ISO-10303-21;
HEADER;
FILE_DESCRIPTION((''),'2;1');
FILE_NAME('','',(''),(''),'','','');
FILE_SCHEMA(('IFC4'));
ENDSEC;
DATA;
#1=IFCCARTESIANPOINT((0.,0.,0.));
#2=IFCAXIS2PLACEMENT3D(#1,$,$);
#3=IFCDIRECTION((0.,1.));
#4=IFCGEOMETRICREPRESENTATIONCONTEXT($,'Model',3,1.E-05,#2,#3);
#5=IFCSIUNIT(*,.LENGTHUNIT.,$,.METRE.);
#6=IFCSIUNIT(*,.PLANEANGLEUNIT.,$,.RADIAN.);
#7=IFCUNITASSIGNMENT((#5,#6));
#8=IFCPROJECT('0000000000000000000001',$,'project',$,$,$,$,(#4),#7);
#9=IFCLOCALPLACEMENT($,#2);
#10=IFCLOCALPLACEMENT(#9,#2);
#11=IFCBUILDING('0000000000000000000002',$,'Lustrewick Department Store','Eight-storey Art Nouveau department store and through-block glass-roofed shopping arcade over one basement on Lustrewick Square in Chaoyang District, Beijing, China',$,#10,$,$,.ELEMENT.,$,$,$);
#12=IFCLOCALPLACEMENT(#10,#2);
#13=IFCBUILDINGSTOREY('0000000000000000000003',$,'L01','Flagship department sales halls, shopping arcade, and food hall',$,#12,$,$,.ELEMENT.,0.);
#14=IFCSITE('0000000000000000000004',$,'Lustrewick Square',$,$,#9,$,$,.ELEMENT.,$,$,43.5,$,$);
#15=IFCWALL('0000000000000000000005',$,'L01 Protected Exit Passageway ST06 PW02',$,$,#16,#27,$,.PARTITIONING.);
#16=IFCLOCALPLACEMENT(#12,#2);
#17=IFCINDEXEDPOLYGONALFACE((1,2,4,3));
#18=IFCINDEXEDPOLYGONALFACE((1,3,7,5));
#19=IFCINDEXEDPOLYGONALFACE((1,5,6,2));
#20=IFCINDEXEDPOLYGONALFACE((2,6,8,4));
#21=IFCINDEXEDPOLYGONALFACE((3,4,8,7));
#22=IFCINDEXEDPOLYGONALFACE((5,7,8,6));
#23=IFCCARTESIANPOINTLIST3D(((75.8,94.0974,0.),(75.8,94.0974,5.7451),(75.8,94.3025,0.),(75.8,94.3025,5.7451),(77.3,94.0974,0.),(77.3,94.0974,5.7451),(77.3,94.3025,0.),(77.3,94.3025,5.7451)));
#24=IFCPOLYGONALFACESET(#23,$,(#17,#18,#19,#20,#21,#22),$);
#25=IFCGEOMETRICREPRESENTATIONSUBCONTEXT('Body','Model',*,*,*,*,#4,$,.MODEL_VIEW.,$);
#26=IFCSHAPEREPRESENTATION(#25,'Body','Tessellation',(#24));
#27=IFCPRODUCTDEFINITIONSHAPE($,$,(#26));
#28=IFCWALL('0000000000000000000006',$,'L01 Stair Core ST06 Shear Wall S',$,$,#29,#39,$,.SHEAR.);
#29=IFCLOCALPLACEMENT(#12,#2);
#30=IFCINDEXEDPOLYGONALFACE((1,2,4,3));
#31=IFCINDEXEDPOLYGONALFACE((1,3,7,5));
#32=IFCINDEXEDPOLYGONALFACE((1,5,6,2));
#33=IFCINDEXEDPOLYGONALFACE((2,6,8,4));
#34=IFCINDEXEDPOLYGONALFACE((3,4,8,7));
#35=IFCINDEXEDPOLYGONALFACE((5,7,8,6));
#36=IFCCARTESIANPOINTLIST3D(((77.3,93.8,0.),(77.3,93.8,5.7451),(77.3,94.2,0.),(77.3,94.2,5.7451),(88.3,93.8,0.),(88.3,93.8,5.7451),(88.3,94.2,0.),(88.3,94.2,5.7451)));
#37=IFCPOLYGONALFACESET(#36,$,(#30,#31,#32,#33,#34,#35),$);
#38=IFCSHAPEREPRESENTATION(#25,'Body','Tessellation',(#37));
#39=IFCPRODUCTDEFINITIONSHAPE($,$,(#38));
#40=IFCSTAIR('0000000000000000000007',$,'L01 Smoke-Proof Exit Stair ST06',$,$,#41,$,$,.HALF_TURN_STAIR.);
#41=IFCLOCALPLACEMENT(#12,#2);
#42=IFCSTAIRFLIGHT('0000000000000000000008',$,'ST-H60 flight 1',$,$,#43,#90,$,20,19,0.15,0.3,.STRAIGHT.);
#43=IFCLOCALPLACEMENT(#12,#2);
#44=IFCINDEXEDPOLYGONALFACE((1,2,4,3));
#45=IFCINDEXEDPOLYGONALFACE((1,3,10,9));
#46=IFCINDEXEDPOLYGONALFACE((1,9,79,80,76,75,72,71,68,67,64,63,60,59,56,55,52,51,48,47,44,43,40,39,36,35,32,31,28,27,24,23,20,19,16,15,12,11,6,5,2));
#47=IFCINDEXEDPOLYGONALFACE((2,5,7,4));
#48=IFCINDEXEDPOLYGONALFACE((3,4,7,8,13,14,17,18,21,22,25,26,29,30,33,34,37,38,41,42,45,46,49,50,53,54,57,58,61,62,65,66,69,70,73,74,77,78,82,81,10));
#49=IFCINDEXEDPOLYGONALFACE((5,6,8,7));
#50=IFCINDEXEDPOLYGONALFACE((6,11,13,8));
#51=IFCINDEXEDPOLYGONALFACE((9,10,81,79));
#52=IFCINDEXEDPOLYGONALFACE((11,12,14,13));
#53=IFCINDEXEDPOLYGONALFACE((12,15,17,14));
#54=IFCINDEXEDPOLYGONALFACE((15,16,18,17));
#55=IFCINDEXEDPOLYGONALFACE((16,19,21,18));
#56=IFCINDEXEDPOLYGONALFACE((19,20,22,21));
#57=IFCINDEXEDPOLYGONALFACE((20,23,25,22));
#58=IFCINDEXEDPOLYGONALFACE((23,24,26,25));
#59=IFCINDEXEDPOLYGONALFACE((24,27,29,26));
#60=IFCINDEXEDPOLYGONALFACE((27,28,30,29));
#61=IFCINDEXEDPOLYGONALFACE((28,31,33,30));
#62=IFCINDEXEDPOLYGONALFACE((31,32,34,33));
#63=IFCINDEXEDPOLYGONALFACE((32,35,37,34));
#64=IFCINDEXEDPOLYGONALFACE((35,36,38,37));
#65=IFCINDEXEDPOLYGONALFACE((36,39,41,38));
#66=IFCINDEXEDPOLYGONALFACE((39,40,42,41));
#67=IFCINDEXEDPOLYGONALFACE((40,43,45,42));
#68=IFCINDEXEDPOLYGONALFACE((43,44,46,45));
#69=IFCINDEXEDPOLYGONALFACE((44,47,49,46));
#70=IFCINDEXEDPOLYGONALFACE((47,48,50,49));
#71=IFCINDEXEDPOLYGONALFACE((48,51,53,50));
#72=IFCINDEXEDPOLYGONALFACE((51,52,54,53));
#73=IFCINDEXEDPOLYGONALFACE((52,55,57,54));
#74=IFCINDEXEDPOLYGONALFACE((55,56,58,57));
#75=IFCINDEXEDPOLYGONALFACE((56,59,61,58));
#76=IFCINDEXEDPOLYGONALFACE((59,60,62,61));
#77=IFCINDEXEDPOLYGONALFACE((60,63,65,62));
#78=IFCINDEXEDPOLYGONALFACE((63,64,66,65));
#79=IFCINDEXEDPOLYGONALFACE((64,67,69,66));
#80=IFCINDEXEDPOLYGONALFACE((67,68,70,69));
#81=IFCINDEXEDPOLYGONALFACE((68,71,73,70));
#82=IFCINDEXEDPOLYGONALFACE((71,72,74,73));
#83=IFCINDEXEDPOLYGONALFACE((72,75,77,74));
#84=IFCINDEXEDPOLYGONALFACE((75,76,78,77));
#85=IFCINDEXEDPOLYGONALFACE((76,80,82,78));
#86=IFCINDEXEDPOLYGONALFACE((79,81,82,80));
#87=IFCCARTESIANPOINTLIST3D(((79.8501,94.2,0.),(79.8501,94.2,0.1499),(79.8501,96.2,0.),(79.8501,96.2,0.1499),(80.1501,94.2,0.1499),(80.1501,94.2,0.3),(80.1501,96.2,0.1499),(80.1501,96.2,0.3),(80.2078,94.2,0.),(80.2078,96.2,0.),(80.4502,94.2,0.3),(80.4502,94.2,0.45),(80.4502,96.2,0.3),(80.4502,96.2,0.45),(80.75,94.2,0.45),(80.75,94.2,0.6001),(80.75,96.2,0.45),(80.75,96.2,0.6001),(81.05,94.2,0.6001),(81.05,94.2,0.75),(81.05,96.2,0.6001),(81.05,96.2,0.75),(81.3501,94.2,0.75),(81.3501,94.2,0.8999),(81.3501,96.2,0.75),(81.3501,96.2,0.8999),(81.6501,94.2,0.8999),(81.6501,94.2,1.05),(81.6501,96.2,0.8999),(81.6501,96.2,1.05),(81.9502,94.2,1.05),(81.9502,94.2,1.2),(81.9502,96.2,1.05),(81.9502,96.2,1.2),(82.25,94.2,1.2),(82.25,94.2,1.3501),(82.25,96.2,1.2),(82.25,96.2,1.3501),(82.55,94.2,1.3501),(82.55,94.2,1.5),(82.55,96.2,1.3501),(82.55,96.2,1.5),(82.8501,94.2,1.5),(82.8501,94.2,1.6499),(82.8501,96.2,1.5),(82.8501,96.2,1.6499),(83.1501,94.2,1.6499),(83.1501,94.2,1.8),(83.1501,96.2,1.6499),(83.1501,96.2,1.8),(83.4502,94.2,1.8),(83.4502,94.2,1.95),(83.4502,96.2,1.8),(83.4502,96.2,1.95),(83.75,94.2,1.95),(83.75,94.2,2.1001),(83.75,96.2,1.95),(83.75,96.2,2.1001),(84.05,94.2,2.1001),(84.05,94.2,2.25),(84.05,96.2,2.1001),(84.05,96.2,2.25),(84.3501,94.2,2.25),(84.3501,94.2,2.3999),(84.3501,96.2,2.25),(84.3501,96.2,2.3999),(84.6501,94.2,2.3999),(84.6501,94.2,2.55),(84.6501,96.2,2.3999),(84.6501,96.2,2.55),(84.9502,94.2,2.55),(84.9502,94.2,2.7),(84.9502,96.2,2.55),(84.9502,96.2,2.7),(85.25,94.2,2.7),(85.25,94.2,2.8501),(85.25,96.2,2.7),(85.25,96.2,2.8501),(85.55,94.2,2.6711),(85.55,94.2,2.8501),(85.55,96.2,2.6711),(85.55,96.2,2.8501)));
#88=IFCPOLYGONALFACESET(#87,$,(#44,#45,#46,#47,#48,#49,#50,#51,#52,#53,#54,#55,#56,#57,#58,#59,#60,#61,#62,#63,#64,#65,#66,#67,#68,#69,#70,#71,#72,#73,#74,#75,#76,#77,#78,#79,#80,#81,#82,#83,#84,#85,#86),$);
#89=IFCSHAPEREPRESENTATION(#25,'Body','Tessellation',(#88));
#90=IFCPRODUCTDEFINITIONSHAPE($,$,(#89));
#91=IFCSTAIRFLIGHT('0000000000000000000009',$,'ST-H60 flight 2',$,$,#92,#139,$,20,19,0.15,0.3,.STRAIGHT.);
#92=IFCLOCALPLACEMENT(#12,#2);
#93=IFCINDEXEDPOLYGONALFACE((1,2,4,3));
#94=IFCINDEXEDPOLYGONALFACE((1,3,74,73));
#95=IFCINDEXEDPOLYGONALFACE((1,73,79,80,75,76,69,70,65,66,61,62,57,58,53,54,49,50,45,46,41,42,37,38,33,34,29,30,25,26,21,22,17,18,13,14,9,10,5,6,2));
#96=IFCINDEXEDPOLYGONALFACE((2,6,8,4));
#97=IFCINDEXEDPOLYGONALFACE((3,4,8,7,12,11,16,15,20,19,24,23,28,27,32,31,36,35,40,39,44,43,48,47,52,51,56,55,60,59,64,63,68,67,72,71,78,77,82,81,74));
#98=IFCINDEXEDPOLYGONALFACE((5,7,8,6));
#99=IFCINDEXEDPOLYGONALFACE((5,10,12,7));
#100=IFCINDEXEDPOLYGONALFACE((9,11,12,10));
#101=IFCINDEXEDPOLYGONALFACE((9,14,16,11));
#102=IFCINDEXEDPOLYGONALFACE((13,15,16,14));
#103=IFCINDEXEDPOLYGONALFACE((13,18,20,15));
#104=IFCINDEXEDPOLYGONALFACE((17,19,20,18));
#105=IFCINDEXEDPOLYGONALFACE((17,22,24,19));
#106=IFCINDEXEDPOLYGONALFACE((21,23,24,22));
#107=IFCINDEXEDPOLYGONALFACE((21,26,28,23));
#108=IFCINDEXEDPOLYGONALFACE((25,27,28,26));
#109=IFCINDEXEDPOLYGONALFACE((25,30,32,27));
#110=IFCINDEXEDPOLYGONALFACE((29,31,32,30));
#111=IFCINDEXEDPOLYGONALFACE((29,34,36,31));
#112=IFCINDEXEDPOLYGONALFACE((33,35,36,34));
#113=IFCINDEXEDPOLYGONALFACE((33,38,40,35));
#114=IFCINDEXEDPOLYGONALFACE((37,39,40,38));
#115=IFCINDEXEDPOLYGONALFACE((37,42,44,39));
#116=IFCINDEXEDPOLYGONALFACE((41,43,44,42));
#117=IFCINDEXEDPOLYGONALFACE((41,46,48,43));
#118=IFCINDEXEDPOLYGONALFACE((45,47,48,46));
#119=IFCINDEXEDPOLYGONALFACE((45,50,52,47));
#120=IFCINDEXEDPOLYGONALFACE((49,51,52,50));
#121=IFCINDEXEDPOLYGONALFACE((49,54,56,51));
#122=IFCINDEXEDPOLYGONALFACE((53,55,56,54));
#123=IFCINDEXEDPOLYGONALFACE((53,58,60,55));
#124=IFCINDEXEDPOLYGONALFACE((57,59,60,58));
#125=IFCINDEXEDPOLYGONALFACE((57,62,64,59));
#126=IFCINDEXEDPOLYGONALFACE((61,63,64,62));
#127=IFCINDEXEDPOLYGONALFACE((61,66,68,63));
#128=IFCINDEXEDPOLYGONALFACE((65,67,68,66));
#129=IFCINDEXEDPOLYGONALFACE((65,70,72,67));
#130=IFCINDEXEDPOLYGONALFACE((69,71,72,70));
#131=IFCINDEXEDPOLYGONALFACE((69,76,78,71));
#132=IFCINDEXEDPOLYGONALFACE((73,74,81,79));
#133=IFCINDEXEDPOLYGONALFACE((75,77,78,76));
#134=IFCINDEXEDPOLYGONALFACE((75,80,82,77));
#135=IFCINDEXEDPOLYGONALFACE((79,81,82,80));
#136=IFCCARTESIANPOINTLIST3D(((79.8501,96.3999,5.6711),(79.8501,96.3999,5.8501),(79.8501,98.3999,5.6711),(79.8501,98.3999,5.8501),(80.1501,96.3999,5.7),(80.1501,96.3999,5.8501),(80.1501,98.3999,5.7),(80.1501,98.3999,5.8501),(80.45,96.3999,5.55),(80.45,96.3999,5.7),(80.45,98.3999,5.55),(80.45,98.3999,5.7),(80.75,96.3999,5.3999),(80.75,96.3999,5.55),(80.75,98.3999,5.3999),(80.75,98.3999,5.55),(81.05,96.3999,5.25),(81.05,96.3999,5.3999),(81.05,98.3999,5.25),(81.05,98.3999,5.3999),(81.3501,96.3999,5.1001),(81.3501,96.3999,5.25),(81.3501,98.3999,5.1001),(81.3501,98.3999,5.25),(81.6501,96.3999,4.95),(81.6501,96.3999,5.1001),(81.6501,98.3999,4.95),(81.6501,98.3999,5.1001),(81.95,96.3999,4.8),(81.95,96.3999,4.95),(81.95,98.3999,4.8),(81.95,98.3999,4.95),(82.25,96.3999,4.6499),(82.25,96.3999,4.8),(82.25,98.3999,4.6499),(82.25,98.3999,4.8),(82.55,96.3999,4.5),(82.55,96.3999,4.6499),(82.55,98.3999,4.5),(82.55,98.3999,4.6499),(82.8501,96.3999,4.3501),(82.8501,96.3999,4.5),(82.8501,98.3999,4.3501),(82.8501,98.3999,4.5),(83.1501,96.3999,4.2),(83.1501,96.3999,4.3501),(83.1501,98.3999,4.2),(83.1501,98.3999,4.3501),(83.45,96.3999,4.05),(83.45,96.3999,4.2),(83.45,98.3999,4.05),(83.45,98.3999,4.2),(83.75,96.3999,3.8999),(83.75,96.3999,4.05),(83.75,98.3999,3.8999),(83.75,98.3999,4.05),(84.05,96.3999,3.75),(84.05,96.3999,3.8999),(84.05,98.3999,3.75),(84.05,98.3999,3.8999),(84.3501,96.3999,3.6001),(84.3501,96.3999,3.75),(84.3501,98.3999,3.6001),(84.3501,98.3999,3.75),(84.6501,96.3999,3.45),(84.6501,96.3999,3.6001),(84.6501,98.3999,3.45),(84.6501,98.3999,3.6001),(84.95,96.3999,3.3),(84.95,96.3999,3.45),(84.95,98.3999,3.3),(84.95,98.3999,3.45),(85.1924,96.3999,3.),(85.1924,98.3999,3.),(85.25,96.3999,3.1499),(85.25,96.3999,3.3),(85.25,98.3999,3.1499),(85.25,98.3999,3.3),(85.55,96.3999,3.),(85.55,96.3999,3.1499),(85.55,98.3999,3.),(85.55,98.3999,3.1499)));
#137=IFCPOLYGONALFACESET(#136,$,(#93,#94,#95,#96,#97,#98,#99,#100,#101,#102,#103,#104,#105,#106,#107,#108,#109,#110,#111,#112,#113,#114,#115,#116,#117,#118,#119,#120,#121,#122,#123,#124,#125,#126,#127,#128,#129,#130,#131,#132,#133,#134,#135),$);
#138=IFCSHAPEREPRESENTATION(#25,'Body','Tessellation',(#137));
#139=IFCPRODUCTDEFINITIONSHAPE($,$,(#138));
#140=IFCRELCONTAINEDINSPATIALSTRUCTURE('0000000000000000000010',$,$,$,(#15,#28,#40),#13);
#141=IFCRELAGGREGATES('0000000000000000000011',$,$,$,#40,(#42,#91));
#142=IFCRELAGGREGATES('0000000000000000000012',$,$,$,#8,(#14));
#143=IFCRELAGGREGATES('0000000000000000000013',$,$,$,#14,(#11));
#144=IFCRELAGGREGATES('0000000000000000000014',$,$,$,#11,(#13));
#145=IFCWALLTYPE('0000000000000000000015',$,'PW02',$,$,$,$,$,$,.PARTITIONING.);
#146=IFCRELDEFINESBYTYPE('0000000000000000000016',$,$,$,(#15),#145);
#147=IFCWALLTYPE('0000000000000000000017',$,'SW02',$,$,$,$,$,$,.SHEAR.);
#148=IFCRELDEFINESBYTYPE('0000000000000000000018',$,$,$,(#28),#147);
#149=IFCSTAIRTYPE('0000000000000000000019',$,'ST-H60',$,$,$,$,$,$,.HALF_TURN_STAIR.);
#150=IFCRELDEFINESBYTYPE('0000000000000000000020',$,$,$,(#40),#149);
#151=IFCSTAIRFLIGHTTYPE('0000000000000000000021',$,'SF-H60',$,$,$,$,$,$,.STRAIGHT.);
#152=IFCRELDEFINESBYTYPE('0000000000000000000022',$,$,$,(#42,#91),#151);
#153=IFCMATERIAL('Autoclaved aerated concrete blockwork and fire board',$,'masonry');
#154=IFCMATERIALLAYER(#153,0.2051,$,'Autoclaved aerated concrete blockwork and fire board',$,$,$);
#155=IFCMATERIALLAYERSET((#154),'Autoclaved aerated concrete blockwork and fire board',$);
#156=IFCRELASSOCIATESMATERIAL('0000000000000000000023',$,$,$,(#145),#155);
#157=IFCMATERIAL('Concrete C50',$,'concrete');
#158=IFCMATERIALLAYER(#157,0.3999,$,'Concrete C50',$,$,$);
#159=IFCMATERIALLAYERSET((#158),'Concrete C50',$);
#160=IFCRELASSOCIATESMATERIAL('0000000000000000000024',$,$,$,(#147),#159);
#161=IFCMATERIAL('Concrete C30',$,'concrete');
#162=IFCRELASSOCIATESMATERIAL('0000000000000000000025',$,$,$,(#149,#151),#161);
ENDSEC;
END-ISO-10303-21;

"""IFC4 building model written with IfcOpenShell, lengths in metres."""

from ifc_helpers import new_model, si_unit, direction, frame, frame_2d, origin, place, context, subcontext, project, spatial, polyline, rectangle, outline, extrude, material, layer, layer_set, type_object, element, aggregate, save


model = new_model("IFC4")

# Units and contexts
model_context = context("Model", 3, precision=1e-05, world=origin(), true_north=direction((0.0, 1.0)))
body_context = subcontext(model_context, "Body", "Model", "MODEL_VIEW")
ifc_project = project(units=[si_unit("LENGTHUNIT", "METRE"), si_unit("PLANEANGLEUNIT", "RADIAN")], contexts=[model_context])

# Site, building, storey
site_placement = place(None, origin())
site = spatial("IfcSite", under=ifc_project, at=site_placement, Name="Lustrewick Square", CompositionType="ELEMENT", RefElevation=43.5)
building_placement = place(site_placement, origin())
building = spatial("IfcBuilding", under=site, at=building_placement, Name="Lustrewick Department Store", Description="Eight-storey Art Nouveau department store and through-block glass-roofed shopping arcade over one basement on Lustrewick Square in Chaoyang District, Beijing, China", CompositionType="ELEMENT")
storey_placement = place(building_placement, origin())
storey = spatial("IfcBuildingStorey", under=building, at=storey_placement, Name="L01", Description="Flagship department sales halls, shopping arcade, and food hall", CompositionType="ELEMENT", Elevation=0.0)

# Walls
ifc_material_1 = material(Name="Autoclaved aerated concrete blockwork and fire board", Category="masonry")
ifc_layer_1 = layer(ifc_material_1, 0.2051, Name="Autoclaved aerated concrete blockwork and fire board")
ifc_layer_set_1 = layer_set([ifc_layer_1], Name="Autoclaved aerated concrete blockwork and fire board")
wall_type_1 = type_object("IfcWallType", Name="PW02", PredefinedType="PARTITIONING", material=ifc_layer_set_1)
wall_1_placement = place(storey_placement, frame((75.8, 94.2, 0.0), z_axis=(0.0, 0.0, 1.0), x_axis=(1.0, 0.0, 0.0)))
element("IfcWall", 1, at=wall_1_placement, inside=storey, type_object=wall_type_1, Name="L01 Protected Exit Passageway ST06 PW02", PredefinedType="PARTITIONING", context=body_context, shape_type="SweptSolid", body=[
    extrude(rectangle(XDim=1.5, YDim=0.2051, at=frame_2d((0.75, 0.0))), origin(), (0.0, 0.0, 1.0), 5.7451),
])
ifc_material_2 = material(Name="Concrete C50", Category="concrete")
ifc_layer_2 = layer(ifc_material_2, 0.3999, Name="Concrete C50")
ifc_layer_set_2 = layer_set([ifc_layer_2], Name="Concrete C50")
wall_type_2 = type_object("IfcWallType", Name="SW02", PredefinedType="SHEAR", material=ifc_layer_set_2)
wall_2_placement = place(storey_placement, frame((77.3, 94.0, 0.0), z_axis=(0.0, 0.0, 1.0), x_axis=(1.0, 0.0, 0.0)))
element("IfcWall", 2, at=wall_2_placement, inside=storey, type_object=wall_type_2, Name="L01 Stair Core ST06 Shear Wall S", PredefinedType="SHEAR", context=body_context, shape_type="SweptSolid", body=[
    extrude(rectangle(XDim=11.0, YDim=0.3999, at=frame_2d((5.5, 0.0))), origin(), (0.0, 0.0, 1.0), 5.7451),
])

# Stair, stair flights
ifc_material_3 = material(Name="Concrete C30", Category="concrete")
stair_type = type_object("IfcStairType", Name="ST-H60", PredefinedType="HALF_TURN_STAIR", material=ifc_material_3)
stair_placement = place(storey_placement, origin())
stair = element("IfcStair", 3, at=stair_placement, inside=storey, type_object=stair_type, Name="L01 Smoke-Proof Exit Stair ST06", PredefinedType="HALF_TURN_STAIR")
stair_flight_type = type_object("IfcStairFlightType", Name="SF-H60", PredefinedType="STRAIGHT", material=ifc_material_3)
stair_flight_1_placement = place(storey_placement, frame((79.8501, 95.2, 0.0), z_axis=(0.0, 0.0, 1.0), x_axis=(1.0, 0.0, 0.0)))
stair_flight_1 = element("IfcStairFlight", 4, at=stair_flight_1_placement, type_object=stair_flight_type, Name="ST-H60 flight 1", NumberOfRisers=20, NumberOfTreads=19, PredefinedType="STRAIGHT", RiserHeight=0.15, TreadLength=0.3, context=body_context, shape_type="SweptSolid", body=[
    extrude(outline(polyline([(0.0, 0.0), (0.0, 0.1499), (0.3, 0.1499), (0.3, 0.3), (0.6001, 0.3), (0.6001, 0.45), (0.8999, 0.45), (0.8999, 0.6001), (1.2, 0.6001), (1.2, 0.75), (1.5, 0.75), (1.5, 0.8999), (1.8, 0.8999), (1.8, 1.05), (2.1001, 1.05), (2.1001, 1.2), (2.3999, 1.2), (2.3999, 1.3501), (2.7, 1.3501), (2.7, 1.5), (3.0, 1.5), (3.0, 1.6499), (3.3, 1.6499), (3.3, 1.8), (3.6001, 1.8), (3.6001, 1.95), (3.8999, 1.95), (3.8999, 2.1001), (4.2, 2.1001), (4.2, 2.25), (4.5, 2.25), (4.5, 2.3999), (4.8, 2.3999), (4.8, 2.55), (5.1001, 2.55), (5.1001, 2.7), (5.3999, 2.7), (5.3999, 2.8501), (5.7, 2.8501), (5.7, 3.0), (5.7, 2.6711), (0.3577, 0.0), (0.0, 0.0)])), frame((0.0, 1.0, 0.0), z_axis=(0.0, -1.0, 0.0), x_axis=(1.0, 0.0, 0.0)), (0.0, 0.0, 1.0), 2.0),
])
stair_flight_2_placement = place(storey_placement, frame((85.55, 97.3999, 3.0), z_axis=(0.0, 0.0, 1.0), x_axis=(-1.0, 0.0, 0.0)))
stair_flight_2 = element("IfcStairFlight", 5, at=stair_flight_2_placement, type_object=stair_flight_type, Name="ST-H60 flight 2", NumberOfRisers=20, NumberOfTreads=19, PredefinedType="STRAIGHT", RiserHeight=0.15, TreadLength=0.3, context=body_context, shape_type="SweptSolid", body=[
    extrude(outline(polyline([(0.0, 0.0), (0.0, 0.1499), (0.3, 0.1499), (0.3, 0.3), (0.6001, 0.3), (0.6001, 0.45), (0.8999, 0.45), (0.8999, 0.6001), (1.2, 0.6001), (1.2, 0.75), (1.5, 0.75), (1.5, 0.8999), (1.8, 0.8999), (1.8, 1.05), (2.1001, 1.05), (2.1001, 1.2), (2.3999, 1.2), (2.3999, 1.3501), (2.7, 1.3501), (2.7, 1.5), (3.0, 1.5), (3.0, 1.6499), (3.3, 1.6499), (3.3, 1.8), (3.6001, 1.8), (3.6001, 1.95), (3.8999, 1.95), (3.8999, 2.1001), (4.2, 2.1001), (4.2, 2.25), (4.5, 2.25), (4.5, 2.3999), (4.8, 2.3999), (4.8, 2.55), (5.1001, 2.55), (5.1001, 2.7), (5.3999, 2.7), (5.3999, 2.8501), (5.7, 2.8501), (5.7, 3.0), (5.7, 2.6711), (0.3577, 0.0), (0.0, 0.0)])), frame((0.0, 1.0, 0.0), z_axis=(0.0, -1.0, 0.0), x_axis=(1.0, 0.0, 0.0)), (0.0, 0.0, 1.0), 2.0),
])
aggregate(stair, [stair_flight_1, stair_flight_2])

save(model, "model.ifc")
